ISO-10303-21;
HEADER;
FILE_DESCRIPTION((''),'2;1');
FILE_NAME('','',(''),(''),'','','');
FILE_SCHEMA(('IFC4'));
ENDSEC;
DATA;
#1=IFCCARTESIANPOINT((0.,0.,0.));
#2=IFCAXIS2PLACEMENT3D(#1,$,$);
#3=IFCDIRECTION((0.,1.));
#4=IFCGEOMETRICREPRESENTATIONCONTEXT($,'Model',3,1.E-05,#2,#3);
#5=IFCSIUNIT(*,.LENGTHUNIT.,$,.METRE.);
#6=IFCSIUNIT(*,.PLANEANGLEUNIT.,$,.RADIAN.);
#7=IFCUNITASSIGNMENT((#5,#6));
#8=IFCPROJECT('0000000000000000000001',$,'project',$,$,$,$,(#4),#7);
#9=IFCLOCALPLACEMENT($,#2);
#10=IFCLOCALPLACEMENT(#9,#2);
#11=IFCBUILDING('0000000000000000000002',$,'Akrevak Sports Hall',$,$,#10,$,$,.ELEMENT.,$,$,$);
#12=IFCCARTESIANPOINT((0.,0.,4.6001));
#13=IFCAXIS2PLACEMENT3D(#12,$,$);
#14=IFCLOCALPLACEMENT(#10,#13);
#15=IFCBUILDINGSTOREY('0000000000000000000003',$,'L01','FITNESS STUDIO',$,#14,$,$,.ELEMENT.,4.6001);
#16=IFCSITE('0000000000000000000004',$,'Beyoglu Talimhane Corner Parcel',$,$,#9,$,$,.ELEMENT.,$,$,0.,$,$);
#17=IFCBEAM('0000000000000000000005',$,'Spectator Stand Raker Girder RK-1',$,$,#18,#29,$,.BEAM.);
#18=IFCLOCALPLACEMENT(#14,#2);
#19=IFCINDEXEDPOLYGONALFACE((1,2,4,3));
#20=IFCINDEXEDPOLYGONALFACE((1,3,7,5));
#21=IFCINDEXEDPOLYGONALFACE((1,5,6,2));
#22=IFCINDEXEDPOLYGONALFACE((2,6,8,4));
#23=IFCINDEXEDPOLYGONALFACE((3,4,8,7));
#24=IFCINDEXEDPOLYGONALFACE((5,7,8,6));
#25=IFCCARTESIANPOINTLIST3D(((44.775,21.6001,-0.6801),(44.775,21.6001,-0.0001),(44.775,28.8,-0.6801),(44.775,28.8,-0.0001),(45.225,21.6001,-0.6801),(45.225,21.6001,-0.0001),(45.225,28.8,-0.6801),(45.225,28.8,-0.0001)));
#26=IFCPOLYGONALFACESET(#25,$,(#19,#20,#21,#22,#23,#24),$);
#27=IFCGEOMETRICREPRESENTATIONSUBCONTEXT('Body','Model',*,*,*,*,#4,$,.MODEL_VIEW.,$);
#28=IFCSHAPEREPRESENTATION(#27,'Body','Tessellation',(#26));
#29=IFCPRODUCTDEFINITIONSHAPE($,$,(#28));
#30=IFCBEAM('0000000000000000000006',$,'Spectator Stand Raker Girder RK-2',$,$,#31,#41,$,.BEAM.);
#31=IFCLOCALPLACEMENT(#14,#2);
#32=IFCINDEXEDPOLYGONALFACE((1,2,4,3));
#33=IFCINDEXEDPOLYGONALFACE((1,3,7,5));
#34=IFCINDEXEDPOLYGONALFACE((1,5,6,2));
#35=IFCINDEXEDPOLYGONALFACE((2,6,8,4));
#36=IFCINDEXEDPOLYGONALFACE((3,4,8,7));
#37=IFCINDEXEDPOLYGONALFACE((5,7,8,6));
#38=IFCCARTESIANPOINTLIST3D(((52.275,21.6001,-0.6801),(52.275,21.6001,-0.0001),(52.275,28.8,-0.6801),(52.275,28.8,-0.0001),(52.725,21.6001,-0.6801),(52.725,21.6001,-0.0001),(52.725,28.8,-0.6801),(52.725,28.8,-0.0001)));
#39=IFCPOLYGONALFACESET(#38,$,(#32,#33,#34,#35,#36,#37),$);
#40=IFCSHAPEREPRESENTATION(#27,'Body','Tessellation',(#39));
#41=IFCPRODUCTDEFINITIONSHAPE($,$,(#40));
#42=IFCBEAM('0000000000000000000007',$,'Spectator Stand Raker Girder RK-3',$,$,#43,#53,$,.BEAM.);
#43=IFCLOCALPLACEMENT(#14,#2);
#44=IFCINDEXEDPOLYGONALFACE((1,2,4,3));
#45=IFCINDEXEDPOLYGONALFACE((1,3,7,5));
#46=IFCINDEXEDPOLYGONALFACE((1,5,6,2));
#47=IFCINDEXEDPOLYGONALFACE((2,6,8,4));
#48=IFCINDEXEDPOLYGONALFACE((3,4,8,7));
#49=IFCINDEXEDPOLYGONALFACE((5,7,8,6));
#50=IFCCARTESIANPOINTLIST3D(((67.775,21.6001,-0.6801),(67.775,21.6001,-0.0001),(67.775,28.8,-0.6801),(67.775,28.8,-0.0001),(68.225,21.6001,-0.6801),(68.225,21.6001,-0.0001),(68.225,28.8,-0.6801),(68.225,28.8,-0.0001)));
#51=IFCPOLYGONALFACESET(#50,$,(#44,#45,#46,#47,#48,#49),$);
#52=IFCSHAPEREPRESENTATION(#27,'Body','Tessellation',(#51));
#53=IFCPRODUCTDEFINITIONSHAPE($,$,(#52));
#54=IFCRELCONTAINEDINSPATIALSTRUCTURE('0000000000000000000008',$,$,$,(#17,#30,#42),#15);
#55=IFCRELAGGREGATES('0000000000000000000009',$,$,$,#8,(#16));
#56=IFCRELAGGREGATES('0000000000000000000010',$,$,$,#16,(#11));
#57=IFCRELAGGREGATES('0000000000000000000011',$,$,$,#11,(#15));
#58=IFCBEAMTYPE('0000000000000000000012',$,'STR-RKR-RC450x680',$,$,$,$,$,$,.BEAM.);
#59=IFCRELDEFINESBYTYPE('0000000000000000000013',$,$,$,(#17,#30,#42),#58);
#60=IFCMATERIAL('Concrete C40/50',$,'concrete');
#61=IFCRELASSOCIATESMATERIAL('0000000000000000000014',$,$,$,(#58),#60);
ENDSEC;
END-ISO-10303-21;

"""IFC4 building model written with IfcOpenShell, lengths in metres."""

from ifc_helpers import new_model, si_unit, direction, frame, origin, origin_2d, place, context, subcontext, project, spatial, rectangle, extrude, material, material_profile, profile_set, type_object, element, save


model = new_model("IFC4")

# Units and contexts
model_context = context("Model", 3, precision=1e-05, world=origin(), true_north=direction((0.0, 1.0)))
body_context = subcontext(model_context, "Body", "Model", "MODEL_VIEW")
ifc_project = project(units=[si_unit("LENGTHUNIT", "METRE"), si_unit("PLANEANGLEUNIT", "RADIAN")], contexts=[model_context])

# Site, building, storey
site_placement = place(None, origin())
site = spatial("IfcSite", under=ifc_project, at=site_placement, Name="Beyoglu Talimhane Corner Parcel", CompositionType="ELEMENT", RefElevation=0.0)
building_placement = place(site_placement, origin())
building = spatial("IfcBuilding", under=site, at=building_placement, Name="Akrevak Sports Hall", CompositionType="ELEMENT")
storey_placement = place(building_placement, frame((0.0, 0.0, 4.6001)))
storey = spatial("IfcBuildingStorey", under=building, at=storey_placement, Name="L01", Description="FITNESS STUDIO", CompositionType="ELEMENT", Elevation=4.6001)

# Shared definitions
ifc_material_1 = material(Name="Concrete C40/50", Category="concrete")

# Beams
ifc_material_profile_1 = material_profile(ifc_material_1, rectangle(XDim=0.45, YDim=0.6799, at=origin_2d()), Name="RKR 450x680", Category="concrete")
ifc_profile_set_1 = profile_set([ifc_material_profile_1], Name="Concrete C40/50")
beam_type_1 = type_object("IfcBeamType", Name="STR-RKR-RC450x680", PredefinedType="BEAM", material=ifc_profile_set_1)
for number, where, z_axis, x_axis, name in (
    (1, (45.0, 21.6001, -0.3401), (0.0, 1.0, 0.0), (-1.0, 0.0, 0.0), "Spectator Stand Raker Girder RK-1"),
    (2, (52.5, 21.6001, -0.3401), (0.0, 1.0, 0.0), (-1.0, 0.0, 0.0), "Spectator Stand Raker Girder RK-2"),
    (3, (68.0, 21.6001, -0.3401), (0.0, 1.0, 0.0), (-1.0, 0.0, 0.0), "Spectator Stand Raker Girder RK-3"),
):
    element("IfcBeam", number, at=place(storey_placement, frame(where, z_axis=z_axis, x_axis=x_axis)), inside=storey, type_object=beam_type_1, Name=name, PredefinedType="BEAM", context=body_context, shape_type="SweptSolid", body=[
        extrude(rectangle(XDim=0.45, YDim=0.6799, at=origin_2d()), origin(), (0.0, 0.0, 1.0), 7.2),
    ])

save(model, "model.ifc")
